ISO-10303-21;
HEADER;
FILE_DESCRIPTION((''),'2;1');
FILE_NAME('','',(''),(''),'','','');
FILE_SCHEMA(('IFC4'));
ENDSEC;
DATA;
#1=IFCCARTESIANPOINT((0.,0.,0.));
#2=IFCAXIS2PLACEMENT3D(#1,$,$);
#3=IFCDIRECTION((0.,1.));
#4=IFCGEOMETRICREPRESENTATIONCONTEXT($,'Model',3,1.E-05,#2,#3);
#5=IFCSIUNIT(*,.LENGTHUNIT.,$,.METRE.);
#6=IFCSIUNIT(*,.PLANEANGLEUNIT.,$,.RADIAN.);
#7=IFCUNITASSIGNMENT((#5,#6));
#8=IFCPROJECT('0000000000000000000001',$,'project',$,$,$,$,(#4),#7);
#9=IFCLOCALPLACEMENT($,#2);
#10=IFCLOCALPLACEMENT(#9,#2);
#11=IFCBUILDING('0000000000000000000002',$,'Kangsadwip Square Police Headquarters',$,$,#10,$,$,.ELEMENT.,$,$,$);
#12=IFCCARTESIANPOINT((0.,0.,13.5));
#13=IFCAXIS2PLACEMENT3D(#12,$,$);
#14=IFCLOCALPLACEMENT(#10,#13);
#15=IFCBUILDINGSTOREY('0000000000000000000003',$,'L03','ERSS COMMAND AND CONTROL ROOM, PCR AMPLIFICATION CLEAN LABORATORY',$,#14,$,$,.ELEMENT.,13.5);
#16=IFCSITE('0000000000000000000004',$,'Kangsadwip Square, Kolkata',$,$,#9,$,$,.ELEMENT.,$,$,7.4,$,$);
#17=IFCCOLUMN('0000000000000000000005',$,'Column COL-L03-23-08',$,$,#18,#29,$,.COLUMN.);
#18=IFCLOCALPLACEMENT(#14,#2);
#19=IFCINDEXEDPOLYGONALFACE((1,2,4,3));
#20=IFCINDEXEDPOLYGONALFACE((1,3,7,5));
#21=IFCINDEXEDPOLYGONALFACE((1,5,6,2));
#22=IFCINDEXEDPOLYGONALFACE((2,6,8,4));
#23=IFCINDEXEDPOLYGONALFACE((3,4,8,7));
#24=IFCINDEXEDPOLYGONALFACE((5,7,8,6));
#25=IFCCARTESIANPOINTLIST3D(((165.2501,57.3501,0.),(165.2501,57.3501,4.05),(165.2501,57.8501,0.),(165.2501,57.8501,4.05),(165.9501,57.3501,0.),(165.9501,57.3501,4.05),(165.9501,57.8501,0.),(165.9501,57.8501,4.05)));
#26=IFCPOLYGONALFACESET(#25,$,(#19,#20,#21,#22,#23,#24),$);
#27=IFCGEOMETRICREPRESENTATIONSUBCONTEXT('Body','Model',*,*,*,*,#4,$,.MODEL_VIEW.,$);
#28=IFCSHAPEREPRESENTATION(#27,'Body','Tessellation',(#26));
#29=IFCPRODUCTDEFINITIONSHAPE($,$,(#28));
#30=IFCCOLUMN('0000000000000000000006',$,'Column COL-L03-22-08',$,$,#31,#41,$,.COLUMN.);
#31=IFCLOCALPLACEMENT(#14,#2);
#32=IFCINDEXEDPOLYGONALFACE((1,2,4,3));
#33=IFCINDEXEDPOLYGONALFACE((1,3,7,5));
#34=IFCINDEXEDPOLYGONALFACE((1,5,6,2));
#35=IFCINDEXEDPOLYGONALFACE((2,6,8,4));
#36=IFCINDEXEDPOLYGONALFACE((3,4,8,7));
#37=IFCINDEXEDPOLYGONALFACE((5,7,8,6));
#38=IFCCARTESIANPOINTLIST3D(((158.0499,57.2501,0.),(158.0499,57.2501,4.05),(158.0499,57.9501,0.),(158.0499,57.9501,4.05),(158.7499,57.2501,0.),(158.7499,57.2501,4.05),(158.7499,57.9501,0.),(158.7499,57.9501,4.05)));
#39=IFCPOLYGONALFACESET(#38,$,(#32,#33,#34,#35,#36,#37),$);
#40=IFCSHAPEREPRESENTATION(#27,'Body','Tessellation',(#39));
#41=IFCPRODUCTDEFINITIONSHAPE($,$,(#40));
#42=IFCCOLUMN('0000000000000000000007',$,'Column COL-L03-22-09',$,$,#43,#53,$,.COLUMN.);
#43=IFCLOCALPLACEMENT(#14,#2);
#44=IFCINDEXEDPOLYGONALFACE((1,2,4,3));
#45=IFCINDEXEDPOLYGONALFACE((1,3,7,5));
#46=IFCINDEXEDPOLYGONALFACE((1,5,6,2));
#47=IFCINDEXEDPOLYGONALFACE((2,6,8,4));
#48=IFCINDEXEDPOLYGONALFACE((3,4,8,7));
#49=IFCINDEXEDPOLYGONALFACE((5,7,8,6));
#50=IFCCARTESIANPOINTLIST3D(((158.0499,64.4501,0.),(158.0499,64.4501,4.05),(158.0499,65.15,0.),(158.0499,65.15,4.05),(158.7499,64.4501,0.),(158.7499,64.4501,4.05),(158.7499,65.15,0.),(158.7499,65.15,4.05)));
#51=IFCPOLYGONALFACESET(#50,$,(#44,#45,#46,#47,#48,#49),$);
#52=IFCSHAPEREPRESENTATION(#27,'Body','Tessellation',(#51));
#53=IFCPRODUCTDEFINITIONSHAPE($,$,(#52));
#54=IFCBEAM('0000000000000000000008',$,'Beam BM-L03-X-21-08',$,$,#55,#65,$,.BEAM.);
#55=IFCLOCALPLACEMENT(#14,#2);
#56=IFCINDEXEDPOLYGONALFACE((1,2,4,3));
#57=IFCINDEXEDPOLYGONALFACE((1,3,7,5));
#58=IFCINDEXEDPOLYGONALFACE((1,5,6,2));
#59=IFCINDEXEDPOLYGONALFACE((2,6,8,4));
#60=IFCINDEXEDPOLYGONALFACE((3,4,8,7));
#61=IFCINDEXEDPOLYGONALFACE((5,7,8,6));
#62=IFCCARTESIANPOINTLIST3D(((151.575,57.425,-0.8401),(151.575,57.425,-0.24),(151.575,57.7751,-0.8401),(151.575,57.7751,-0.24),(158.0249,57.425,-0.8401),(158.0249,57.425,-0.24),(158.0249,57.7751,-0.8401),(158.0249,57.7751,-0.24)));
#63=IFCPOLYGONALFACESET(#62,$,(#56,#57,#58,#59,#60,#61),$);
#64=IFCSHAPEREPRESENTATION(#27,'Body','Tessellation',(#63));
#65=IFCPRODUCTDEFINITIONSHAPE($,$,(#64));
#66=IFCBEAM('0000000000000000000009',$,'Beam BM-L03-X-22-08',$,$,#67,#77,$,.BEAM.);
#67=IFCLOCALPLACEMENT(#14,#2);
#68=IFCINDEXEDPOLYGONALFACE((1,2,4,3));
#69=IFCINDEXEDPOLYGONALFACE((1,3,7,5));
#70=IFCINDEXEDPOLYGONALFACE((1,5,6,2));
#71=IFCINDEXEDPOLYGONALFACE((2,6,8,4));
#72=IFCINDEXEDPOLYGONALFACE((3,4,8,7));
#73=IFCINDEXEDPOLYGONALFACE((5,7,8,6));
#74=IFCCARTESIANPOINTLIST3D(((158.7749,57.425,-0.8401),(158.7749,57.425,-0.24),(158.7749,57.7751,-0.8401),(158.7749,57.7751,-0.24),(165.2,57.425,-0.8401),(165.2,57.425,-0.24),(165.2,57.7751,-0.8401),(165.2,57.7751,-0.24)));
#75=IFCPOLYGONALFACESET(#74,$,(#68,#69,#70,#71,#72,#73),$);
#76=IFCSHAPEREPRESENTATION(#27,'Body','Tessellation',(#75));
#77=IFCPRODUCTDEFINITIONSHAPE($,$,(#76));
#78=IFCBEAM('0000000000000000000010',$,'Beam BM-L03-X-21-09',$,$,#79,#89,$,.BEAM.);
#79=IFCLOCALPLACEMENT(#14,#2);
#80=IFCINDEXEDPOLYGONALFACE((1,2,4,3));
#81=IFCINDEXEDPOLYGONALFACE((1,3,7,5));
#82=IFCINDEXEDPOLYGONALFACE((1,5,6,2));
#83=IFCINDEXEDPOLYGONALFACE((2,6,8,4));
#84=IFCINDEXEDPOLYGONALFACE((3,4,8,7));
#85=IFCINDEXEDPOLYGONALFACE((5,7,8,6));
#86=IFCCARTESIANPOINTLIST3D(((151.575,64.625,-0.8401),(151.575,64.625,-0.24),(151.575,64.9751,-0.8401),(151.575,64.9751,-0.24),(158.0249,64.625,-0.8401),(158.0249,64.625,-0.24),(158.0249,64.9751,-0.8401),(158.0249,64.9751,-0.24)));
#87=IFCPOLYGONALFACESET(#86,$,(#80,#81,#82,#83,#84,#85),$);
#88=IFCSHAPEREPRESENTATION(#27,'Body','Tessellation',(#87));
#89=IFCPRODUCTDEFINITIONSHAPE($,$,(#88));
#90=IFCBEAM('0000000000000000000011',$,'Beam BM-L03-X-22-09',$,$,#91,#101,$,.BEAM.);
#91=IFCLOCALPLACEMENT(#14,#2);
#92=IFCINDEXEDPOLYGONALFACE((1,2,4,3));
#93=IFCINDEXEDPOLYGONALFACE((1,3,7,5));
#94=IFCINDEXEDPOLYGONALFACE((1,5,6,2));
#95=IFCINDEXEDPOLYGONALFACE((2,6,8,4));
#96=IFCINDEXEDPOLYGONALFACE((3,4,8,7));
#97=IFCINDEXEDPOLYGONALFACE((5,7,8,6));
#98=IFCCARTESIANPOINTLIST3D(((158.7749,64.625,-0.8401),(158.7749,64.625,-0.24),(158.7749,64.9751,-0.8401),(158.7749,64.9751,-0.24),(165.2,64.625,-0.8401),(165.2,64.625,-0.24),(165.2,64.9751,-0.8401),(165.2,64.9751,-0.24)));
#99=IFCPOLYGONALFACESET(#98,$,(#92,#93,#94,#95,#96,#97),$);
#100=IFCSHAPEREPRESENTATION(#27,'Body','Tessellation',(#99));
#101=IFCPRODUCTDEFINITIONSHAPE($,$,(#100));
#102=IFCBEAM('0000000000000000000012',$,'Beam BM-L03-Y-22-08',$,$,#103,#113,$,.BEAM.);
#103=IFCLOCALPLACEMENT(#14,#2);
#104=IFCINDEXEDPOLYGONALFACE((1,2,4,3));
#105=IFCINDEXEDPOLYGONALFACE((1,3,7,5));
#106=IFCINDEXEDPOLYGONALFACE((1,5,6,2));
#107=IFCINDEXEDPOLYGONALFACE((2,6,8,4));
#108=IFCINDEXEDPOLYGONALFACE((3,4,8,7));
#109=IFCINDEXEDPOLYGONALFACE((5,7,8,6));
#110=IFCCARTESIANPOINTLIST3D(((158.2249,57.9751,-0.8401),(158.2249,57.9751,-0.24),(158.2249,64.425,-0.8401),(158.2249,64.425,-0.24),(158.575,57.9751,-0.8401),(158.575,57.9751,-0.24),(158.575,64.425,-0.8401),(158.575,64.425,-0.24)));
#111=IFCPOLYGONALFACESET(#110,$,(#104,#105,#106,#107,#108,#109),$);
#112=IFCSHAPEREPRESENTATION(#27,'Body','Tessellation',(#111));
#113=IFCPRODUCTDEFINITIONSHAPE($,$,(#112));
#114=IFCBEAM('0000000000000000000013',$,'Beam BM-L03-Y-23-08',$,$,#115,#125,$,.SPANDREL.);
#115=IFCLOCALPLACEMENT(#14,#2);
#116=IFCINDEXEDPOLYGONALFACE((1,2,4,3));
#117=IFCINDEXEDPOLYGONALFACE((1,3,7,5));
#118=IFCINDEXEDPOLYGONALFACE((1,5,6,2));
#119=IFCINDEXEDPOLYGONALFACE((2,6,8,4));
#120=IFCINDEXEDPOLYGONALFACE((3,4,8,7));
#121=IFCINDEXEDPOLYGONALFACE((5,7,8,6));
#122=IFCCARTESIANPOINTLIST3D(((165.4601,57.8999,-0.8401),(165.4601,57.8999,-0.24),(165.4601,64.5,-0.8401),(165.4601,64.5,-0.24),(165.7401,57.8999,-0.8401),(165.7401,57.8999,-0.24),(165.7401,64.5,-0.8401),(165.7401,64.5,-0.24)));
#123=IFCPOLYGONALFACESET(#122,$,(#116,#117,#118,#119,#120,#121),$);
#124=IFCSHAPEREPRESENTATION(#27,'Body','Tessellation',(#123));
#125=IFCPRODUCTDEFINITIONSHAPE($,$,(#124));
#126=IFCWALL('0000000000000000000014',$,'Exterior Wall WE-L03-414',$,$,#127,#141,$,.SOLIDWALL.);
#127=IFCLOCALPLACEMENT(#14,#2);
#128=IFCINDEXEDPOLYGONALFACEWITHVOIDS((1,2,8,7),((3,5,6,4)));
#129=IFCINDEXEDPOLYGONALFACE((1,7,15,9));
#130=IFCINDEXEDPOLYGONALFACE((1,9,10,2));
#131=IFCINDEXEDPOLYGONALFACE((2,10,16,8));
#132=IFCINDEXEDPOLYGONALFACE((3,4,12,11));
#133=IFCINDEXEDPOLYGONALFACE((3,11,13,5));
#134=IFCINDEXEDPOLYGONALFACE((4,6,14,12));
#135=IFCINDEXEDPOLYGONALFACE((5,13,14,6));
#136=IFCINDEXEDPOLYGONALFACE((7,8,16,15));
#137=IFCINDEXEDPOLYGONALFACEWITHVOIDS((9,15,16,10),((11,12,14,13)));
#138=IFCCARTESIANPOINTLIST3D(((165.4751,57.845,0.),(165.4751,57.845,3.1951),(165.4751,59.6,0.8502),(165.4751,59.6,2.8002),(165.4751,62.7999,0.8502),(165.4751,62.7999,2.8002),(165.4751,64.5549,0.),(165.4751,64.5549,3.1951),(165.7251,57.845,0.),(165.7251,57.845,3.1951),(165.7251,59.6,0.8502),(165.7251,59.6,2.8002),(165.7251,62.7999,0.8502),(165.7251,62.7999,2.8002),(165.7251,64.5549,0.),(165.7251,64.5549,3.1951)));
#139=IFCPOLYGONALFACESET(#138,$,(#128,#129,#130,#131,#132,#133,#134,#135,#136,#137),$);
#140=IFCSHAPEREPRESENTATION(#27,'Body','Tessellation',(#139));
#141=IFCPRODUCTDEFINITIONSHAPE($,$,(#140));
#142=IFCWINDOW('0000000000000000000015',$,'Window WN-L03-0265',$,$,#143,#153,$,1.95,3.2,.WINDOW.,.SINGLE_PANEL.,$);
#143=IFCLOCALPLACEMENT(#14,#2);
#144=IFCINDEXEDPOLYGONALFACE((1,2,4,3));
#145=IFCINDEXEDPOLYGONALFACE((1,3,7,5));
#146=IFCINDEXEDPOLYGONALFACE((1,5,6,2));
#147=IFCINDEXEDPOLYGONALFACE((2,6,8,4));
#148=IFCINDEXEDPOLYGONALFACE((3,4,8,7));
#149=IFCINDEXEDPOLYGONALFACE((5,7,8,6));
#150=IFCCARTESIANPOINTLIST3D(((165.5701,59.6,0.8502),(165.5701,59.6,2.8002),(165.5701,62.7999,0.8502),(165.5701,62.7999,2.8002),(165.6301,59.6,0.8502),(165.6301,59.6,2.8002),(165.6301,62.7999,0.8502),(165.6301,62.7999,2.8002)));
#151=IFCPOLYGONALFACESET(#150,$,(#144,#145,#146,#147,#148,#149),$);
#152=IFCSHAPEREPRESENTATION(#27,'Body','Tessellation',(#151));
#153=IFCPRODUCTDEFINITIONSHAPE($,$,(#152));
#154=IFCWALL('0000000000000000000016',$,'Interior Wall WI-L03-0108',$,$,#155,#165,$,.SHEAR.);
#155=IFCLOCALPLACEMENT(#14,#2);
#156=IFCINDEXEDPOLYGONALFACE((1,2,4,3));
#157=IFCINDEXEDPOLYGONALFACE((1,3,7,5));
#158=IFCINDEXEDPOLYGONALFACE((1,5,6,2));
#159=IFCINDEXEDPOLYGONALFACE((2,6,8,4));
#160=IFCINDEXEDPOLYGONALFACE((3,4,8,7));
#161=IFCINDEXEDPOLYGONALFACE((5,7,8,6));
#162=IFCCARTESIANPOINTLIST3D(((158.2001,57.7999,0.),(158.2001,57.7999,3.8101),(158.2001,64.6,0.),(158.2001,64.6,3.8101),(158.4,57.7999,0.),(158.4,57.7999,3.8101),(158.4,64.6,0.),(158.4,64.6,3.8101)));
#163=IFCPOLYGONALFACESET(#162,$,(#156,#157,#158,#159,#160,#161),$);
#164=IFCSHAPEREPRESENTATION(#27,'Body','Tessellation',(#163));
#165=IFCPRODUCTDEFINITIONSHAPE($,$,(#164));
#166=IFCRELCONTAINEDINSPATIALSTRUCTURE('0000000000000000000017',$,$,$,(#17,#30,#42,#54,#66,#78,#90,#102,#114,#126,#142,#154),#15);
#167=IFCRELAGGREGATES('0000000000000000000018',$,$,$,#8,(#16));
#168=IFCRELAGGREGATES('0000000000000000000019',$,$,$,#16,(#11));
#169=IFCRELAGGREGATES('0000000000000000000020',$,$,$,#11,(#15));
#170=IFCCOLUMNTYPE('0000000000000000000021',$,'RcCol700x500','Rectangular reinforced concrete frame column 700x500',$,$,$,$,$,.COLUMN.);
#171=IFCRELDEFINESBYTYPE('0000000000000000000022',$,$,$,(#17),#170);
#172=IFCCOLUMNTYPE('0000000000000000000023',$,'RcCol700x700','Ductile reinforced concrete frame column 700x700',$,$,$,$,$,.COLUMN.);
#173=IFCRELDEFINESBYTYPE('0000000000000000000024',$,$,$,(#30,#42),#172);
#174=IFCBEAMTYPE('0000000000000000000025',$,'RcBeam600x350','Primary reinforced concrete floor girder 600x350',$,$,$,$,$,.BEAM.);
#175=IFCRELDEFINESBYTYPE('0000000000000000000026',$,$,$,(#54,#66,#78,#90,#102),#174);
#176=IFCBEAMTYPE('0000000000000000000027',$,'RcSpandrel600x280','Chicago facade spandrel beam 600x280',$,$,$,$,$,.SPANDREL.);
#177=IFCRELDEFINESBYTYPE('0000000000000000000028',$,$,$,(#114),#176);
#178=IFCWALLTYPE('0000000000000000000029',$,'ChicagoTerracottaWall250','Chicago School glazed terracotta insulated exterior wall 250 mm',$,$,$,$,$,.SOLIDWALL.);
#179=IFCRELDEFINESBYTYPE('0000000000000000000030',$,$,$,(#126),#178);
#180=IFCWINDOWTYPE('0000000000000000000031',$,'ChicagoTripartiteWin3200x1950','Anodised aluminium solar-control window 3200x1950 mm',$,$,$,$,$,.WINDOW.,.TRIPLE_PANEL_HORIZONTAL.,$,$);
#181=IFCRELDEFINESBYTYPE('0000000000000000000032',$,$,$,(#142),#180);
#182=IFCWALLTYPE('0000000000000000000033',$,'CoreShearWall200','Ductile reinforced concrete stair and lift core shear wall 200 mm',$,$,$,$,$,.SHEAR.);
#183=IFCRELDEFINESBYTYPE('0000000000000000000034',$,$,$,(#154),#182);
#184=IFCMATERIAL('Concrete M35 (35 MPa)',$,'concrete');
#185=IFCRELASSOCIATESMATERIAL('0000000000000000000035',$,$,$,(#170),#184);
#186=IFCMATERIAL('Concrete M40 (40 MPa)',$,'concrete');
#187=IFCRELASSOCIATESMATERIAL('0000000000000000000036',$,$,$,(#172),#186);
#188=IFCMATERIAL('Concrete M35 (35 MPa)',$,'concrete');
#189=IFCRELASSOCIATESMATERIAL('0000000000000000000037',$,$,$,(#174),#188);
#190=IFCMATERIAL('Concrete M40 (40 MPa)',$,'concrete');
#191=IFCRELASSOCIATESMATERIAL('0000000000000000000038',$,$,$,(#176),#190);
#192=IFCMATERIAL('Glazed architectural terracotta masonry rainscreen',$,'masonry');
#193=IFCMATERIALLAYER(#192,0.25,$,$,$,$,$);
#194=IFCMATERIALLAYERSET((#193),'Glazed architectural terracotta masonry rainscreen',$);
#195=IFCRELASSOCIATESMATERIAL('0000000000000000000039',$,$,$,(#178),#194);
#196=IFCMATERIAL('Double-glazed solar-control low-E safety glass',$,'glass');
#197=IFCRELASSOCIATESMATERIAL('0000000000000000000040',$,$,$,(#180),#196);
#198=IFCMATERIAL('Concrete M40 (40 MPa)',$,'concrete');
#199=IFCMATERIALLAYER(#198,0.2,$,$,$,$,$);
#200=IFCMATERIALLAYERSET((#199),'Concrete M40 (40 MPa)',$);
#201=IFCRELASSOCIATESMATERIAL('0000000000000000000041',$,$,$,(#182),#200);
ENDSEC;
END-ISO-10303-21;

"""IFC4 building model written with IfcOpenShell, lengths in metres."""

from ifc_helpers import new_model, si_unit, direction, frame, frame_2d, origin, origin_2d, place, context, subcontext, project, spatial, rectangle, extrude, material, layer, layer_set, material_profile, profile_set, type_object, element, fill, save


model = new_model("IFC4")

# Units and contexts
model_context = context("Model", 3, precision=1e-05, world=origin(), true_north=direction((0.0, 1.0)))
body_context = subcontext(model_context, "Body", "Model", "MODEL_VIEW")
ifc_project = project(units=[si_unit("LENGTHUNIT", "METRE"), si_unit("PLANEANGLEUNIT", "RADIAN")], contexts=[model_context])

# Site, building, storey
site_placement = place(None, origin())
site = spatial("IfcSite", under=ifc_project, at=site_placement, Name="Kangsadwip Square, Kolkata", CompositionType="ELEMENT", RefElevation=7.4)
building_placement = place(site_placement, origin())
building = spatial("IfcBuilding", under=site, at=building_placement, Name="Kangsadwip Square Police Headquarters", CompositionType="ELEMENT")
storey_placement = place(building_placement, frame((0.0, 0.0, 13.5)))
storey = spatial("IfcBuildingStorey", under=building, at=storey_placement, Name="L03", Description="ERSS COMMAND AND CONTROL ROOM, PCR AMPLIFICATION CLEAN LABORATORY", CompositionType="ELEMENT", Elevation=13.5)

# Columns
ifc_material_1 = material(Name="Concrete M35 (35 MPa)", Category="concrete")
ifc_material_profile_1 = material_profile(ifc_material_1, rectangle(XDim=0.5, YDim=0.7, at=origin_2d()), Name="RC COL 700X500")
ifc_profile_set_1 = profile_set([ifc_material_profile_1], Name="Concrete M35 (35 MPa)")
column_type_1 = type_object("IfcColumnType", Name="RcCol700x500", Description="Rectangular reinforced concrete frame column 700x500", PredefinedType="COLUMN", material=ifc_profile_set_1)
column_placement = place(storey_placement, frame((165.6001, 57.6001, 0.0), z_axis=(0.0, 0.0, 1.0), x_axis=(0.0, 1.0, 0.0)))
element("IfcColumn", 1, at=column_placement, inside=storey, type_object=column_type_1, Name="Column COL-L03-23-08", PredefinedType="COLUMN", context=body_context, shape_type="SweptSolid", body=[
    extrude(rectangle(XDim=0.5, YDim=0.7, at=origin_2d()), origin(), (0.0, 0.0, 1.0), 4.05),
])
ifc_material_2 = material(Name="Concrete M40 (40 MPa)", Category="concrete")
ifc_material_profile_2 = material_profile(ifc_material_2, rectangle(XDim=0.7, YDim=0.7, at=origin_2d()), Name="RC COL 700X700")
ifc_profile_set_2 = profile_set([ifc_material_profile_2], Name="Concrete M40 (40 MPa)")
column_type_2 = type_object("IfcColumnType", Name="RcCol700x700", Description="Ductile reinforced concrete frame column 700x700", PredefinedType="COLUMN", material=ifc_profile_set_2)
for number, where, z_axis, x_axis, name in (
    (2, (158.3999, 57.6001, 0.0), (0.0, 0.0, 1.0), (1.0, 0.0, 0.0), "Column COL-L03-22-08"),
    (3, (158.3999, 64.8, 0.0), (0.0, 0.0, 1.0), (1.0, 0.0, 0.0), "Column COL-L03-22-09"),
):
    element("IfcColumn", number, at=place(storey_placement, frame(where, z_axis=z_axis, x_axis=x_axis)), inside=storey, type_object=column_type_2, Name=name, PredefinedType="COLUMN", context=body_context, shape_type="SweptSolid", body=[
        extrude(rectangle(XDim=0.7, YDim=0.7, at=origin_2d()), origin(), (0.0, 0.0, 1.0), 4.05),
    ])

# Beams
ifc_material_3 = material(Name="Concrete M35 (35 MPa)", Category="concrete")
ifc_material_profile_3 = material_profile(ifc_material_3, rectangle(XDim=0.3501, YDim=0.6001, at=origin_2d()), Name="RC BM 600X350")
ifc_profile_set_3 = profile_set([ifc_material_profile_3], Name="Concrete M35 (35 MPa)")
beam_type_1 = type_object("IfcBeamType", Name="RcBeam600x350", Description="Primary reinforced concrete floor girder 600x350", PredefinedType="BEAM", material=ifc_profile_set_3)
beam_1_placement = place(storey_placement, frame((151.575, 57.6001, -0.54), z_axis=(1.0, 0.0, 0.0), x_axis=(0.0, 1.0, 0.0)))
element("IfcBeam", 4, at=beam_1_placement, inside=storey, type_object=beam_type_1, Name="Beam BM-L03-X-21-08", PredefinedType="BEAM", context=body_context, shape_type="SweptSolid", body=[
    extrude(rectangle(XDim=0.3501, YDim=0.6001, at=origin_2d()), origin(), (0.0, 0.0, 1.0), 6.45),
])
beam_2_placement = place(storey_placement, frame((158.7749, 57.6001, -0.54), z_axis=(1.0, 0.0, 0.0), x_axis=(0.0, 1.0, 0.0)))
element("IfcBeam", 5, at=beam_2_placement, inside=storey, type_object=beam_type_1, Name="Beam BM-L03-X-22-08", PredefinedType="BEAM", context=body_context, shape_type="SweptSolid", body=[
    extrude(rectangle(XDim=0.3501, YDim=0.6001, at=origin_2d()), origin(), (0.0, 0.0, 1.0), 6.425),
])
beam_3_placement = place(storey_placement, frame((151.575, 64.8, -0.54), z_axis=(1.0, 0.0, 0.0), x_axis=(0.0, 1.0, 0.0)))
element("IfcBeam", 6, at=beam_3_placement, inside=storey, type_object=beam_type_1, Name="Beam BM-L03-X-21-09", PredefinedType="BEAM", context=body_context, shape_type="SweptSolid", body=[
    extrude(rectangle(XDim=0.3501, YDim=0.6001, at=origin_2d()), origin(), (0.0, 0.0, 1.0), 6.45),
])
beam_4_placement = place(storey_placement, frame((158.7749, 64.8, -0.54), z_axis=(1.0, 0.0, 0.0), x_axis=(0.0, 1.0, 0.0)))
element("IfcBeam", 7, at=beam_4_placement, inside=storey, type_object=beam_type_1, Name="Beam BM-L03-X-22-09", PredefinedType="BEAM", context=body_context, shape_type="SweptSolid", body=[
    extrude(rectangle(XDim=0.3501, YDim=0.6001, at=origin_2d()), origin(), (0.0, 0.0, 1.0), 6.425),
])
beam_5_placement = place(storey_placement, frame((158.3999, 57.9751, -0.54), z_axis=(0.0, 1.0, 0.0), x_axis=(-1.0, 0.0, 0.0)))
element("IfcBeam", 8, at=beam_5_placement, inside=storey, type_object=beam_type_1, Name="Beam BM-L03-Y-22-08", PredefinedType="BEAM", context=body_context, shape_type="SweptSolid", body=[
    extrude(rectangle(XDim=0.3501, YDim=0.6001, at=origin_2d()), origin(), (0.0, 0.0, 1.0), 6.45),
])
ifc_material_4 = material(Name="Concrete M40 (40 MPa)", Category="concrete")
ifc_material_profile_4 = material_profile(ifc_material_4, rectangle(XDim=0.28, YDim=0.6001, at=origin_2d()), Name="RC SPN 600X280")
ifc_profile_set_4 = profile_set([ifc_material_profile_4], Name="Concrete M40 (40 MPa)")
beam_type_2 = type_object("IfcBeamType", Name="RcSpandrel600x280", Description="Chicago facade spandrel beam 600x280", PredefinedType="SPANDREL", material=ifc_profile_set_4)
beam_6_placement = place(storey_placement, frame((165.6001, 57.8999, -0.54), z_axis=(0.0, 1.0, 0.0), x_axis=(-1.0, 0.0, 0.0)))
element("IfcBeam", 9, at=beam_6_placement, inside=storey, type_object=beam_type_2, Name="Beam BM-L03-Y-23-08", PredefinedType="SPANDREL", context=body_context, shape_type="SweptSolid", body=[
    extrude(rectangle(XDim=0.28, YDim=0.6001, at=origin_2d()), origin(), (0.0, 0.0, 1.0), 6.6001),
])

# Wall, opening, window
ifc_material_5 = material(Name="Glazed architectural terracotta masonry rainscreen", Category="masonry")
ifc_layer_1 = layer(ifc_material_5, 0.25)
ifc_layer_set_1 = layer_set([ifc_layer_1], Name="Glazed architectural terracotta masonry rainscreen")
wall_type_1 = type_object("IfcWallType", Name="ChicagoTerracottaWall250", Description="Chicago School glazed terracotta insulated exterior wall 250 mm", PredefinedType="SOLIDWALL", material=ifc_layer_set_1)
wall_1_placement = place(storey_placement, frame((165.6001, 57.845, 0.0), z_axis=(0.0, 0.0, 1.0), x_axis=(0.0, 1.0, 0.0)))
wall_1 = element("IfcWall", 10, at=wall_1_placement, inside=storey, type_object=wall_type_1, Name="Exterior Wall WE-L03-414", PredefinedType="SOLIDWALL", context=body_context, shape_type="SweptSolid", body=[
    extrude(rectangle(XDim=6.71, YDim=0.25, at=frame_2d((3.355, 0.0))), origin(), (0.0, 0.0, 1.0), 3.1951),
])
opening_placement = place(wall_1_placement, frame((1.7549, 0.0, 0.8501)))
opening = element("IfcOpeningElement", 11, at=opening_placement, cuts=wall_1, PredefinedType="OPENING", context=body_context, shape_type="SweptSolid", body=[
    extrude(rectangle(XDim=3.2, YDim=1.95, at=frame_2d((1.6001, 0.9751))), frame((0.0, 0.135, 0.0), z_axis=(0.0, -1.0, 0.0), x_axis=(1.0, 0.0, 0.0)), (0.0, 0.0, 1.0), 0.27),
])
ifc_material_6 = material(Name="Double-glazed solar-control low-E safety glass", Category="glass")
window_type = type_object("IfcWindowType", Name="ChicagoTripartiteWin3200x1950", Description="Anodised aluminium solar-control window 3200x1950 mm", PartitioningType="TRIPLE_PANEL_HORIZONTAL", PredefinedType="WINDOW", material=ifc_material_6)
window_placement = place(opening_placement, origin())
window = element("IfcWindow", 12, at=window_placement, inside=storey, type_object=window_type, Name="Window WN-L03-0265", OverallHeight=1.95, OverallWidth=3.2, PartitioningType="SINGLE_PANEL", PredefinedType="WINDOW", context=body_context, shape_type="SweptSolid", body=[
    extrude(rectangle(XDim=3.2, YDim=1.95, at=frame_2d((1.6001, 0.9751))), frame((0.0, 0.03, 0.0), z_axis=(0.0, -1.0, 0.0), x_axis=(1.0, 0.0, 0.0)), (0.0, 0.0, 1.0), 0.0601),
])
fill(opening, window)

# Wall
ifc_material_7 = material(Name="Concrete M40 (40 MPa)", Category="concrete")
ifc_layer_2 = layer(ifc_material_7, 0.2)
ifc_layer_set_2 = layer_set([ifc_layer_2], Name="Concrete M40 (40 MPa)")
wall_type_2 = type_object("IfcWallType", Name="CoreShearWall200", Description="Ductile reinforced concrete stair and lift core shear wall 200 mm", PredefinedType="SHEAR", material=ifc_layer_set_2)
wall_2_placement = place(storey_placement, frame((158.3, 57.8, 0.0), z_axis=(0.0, 0.0, 1.0), x_axis=(0.0, 1.0, 0.0)))
element("IfcWall", 13, at=wall_2_placement, inside=storey, type_object=wall_type_2, Name="Interior Wall WI-L03-0108", PredefinedType="SHEAR", context=body_context, shape_type="SweptSolid", body=[
    extrude(rectangle(XDim=6.8, YDim=0.2, at=frame_2d((3.3999, 0.0))), origin(), (0.0, 0.0, 1.0), 3.8101),
])

save(model, "model.ifc")
